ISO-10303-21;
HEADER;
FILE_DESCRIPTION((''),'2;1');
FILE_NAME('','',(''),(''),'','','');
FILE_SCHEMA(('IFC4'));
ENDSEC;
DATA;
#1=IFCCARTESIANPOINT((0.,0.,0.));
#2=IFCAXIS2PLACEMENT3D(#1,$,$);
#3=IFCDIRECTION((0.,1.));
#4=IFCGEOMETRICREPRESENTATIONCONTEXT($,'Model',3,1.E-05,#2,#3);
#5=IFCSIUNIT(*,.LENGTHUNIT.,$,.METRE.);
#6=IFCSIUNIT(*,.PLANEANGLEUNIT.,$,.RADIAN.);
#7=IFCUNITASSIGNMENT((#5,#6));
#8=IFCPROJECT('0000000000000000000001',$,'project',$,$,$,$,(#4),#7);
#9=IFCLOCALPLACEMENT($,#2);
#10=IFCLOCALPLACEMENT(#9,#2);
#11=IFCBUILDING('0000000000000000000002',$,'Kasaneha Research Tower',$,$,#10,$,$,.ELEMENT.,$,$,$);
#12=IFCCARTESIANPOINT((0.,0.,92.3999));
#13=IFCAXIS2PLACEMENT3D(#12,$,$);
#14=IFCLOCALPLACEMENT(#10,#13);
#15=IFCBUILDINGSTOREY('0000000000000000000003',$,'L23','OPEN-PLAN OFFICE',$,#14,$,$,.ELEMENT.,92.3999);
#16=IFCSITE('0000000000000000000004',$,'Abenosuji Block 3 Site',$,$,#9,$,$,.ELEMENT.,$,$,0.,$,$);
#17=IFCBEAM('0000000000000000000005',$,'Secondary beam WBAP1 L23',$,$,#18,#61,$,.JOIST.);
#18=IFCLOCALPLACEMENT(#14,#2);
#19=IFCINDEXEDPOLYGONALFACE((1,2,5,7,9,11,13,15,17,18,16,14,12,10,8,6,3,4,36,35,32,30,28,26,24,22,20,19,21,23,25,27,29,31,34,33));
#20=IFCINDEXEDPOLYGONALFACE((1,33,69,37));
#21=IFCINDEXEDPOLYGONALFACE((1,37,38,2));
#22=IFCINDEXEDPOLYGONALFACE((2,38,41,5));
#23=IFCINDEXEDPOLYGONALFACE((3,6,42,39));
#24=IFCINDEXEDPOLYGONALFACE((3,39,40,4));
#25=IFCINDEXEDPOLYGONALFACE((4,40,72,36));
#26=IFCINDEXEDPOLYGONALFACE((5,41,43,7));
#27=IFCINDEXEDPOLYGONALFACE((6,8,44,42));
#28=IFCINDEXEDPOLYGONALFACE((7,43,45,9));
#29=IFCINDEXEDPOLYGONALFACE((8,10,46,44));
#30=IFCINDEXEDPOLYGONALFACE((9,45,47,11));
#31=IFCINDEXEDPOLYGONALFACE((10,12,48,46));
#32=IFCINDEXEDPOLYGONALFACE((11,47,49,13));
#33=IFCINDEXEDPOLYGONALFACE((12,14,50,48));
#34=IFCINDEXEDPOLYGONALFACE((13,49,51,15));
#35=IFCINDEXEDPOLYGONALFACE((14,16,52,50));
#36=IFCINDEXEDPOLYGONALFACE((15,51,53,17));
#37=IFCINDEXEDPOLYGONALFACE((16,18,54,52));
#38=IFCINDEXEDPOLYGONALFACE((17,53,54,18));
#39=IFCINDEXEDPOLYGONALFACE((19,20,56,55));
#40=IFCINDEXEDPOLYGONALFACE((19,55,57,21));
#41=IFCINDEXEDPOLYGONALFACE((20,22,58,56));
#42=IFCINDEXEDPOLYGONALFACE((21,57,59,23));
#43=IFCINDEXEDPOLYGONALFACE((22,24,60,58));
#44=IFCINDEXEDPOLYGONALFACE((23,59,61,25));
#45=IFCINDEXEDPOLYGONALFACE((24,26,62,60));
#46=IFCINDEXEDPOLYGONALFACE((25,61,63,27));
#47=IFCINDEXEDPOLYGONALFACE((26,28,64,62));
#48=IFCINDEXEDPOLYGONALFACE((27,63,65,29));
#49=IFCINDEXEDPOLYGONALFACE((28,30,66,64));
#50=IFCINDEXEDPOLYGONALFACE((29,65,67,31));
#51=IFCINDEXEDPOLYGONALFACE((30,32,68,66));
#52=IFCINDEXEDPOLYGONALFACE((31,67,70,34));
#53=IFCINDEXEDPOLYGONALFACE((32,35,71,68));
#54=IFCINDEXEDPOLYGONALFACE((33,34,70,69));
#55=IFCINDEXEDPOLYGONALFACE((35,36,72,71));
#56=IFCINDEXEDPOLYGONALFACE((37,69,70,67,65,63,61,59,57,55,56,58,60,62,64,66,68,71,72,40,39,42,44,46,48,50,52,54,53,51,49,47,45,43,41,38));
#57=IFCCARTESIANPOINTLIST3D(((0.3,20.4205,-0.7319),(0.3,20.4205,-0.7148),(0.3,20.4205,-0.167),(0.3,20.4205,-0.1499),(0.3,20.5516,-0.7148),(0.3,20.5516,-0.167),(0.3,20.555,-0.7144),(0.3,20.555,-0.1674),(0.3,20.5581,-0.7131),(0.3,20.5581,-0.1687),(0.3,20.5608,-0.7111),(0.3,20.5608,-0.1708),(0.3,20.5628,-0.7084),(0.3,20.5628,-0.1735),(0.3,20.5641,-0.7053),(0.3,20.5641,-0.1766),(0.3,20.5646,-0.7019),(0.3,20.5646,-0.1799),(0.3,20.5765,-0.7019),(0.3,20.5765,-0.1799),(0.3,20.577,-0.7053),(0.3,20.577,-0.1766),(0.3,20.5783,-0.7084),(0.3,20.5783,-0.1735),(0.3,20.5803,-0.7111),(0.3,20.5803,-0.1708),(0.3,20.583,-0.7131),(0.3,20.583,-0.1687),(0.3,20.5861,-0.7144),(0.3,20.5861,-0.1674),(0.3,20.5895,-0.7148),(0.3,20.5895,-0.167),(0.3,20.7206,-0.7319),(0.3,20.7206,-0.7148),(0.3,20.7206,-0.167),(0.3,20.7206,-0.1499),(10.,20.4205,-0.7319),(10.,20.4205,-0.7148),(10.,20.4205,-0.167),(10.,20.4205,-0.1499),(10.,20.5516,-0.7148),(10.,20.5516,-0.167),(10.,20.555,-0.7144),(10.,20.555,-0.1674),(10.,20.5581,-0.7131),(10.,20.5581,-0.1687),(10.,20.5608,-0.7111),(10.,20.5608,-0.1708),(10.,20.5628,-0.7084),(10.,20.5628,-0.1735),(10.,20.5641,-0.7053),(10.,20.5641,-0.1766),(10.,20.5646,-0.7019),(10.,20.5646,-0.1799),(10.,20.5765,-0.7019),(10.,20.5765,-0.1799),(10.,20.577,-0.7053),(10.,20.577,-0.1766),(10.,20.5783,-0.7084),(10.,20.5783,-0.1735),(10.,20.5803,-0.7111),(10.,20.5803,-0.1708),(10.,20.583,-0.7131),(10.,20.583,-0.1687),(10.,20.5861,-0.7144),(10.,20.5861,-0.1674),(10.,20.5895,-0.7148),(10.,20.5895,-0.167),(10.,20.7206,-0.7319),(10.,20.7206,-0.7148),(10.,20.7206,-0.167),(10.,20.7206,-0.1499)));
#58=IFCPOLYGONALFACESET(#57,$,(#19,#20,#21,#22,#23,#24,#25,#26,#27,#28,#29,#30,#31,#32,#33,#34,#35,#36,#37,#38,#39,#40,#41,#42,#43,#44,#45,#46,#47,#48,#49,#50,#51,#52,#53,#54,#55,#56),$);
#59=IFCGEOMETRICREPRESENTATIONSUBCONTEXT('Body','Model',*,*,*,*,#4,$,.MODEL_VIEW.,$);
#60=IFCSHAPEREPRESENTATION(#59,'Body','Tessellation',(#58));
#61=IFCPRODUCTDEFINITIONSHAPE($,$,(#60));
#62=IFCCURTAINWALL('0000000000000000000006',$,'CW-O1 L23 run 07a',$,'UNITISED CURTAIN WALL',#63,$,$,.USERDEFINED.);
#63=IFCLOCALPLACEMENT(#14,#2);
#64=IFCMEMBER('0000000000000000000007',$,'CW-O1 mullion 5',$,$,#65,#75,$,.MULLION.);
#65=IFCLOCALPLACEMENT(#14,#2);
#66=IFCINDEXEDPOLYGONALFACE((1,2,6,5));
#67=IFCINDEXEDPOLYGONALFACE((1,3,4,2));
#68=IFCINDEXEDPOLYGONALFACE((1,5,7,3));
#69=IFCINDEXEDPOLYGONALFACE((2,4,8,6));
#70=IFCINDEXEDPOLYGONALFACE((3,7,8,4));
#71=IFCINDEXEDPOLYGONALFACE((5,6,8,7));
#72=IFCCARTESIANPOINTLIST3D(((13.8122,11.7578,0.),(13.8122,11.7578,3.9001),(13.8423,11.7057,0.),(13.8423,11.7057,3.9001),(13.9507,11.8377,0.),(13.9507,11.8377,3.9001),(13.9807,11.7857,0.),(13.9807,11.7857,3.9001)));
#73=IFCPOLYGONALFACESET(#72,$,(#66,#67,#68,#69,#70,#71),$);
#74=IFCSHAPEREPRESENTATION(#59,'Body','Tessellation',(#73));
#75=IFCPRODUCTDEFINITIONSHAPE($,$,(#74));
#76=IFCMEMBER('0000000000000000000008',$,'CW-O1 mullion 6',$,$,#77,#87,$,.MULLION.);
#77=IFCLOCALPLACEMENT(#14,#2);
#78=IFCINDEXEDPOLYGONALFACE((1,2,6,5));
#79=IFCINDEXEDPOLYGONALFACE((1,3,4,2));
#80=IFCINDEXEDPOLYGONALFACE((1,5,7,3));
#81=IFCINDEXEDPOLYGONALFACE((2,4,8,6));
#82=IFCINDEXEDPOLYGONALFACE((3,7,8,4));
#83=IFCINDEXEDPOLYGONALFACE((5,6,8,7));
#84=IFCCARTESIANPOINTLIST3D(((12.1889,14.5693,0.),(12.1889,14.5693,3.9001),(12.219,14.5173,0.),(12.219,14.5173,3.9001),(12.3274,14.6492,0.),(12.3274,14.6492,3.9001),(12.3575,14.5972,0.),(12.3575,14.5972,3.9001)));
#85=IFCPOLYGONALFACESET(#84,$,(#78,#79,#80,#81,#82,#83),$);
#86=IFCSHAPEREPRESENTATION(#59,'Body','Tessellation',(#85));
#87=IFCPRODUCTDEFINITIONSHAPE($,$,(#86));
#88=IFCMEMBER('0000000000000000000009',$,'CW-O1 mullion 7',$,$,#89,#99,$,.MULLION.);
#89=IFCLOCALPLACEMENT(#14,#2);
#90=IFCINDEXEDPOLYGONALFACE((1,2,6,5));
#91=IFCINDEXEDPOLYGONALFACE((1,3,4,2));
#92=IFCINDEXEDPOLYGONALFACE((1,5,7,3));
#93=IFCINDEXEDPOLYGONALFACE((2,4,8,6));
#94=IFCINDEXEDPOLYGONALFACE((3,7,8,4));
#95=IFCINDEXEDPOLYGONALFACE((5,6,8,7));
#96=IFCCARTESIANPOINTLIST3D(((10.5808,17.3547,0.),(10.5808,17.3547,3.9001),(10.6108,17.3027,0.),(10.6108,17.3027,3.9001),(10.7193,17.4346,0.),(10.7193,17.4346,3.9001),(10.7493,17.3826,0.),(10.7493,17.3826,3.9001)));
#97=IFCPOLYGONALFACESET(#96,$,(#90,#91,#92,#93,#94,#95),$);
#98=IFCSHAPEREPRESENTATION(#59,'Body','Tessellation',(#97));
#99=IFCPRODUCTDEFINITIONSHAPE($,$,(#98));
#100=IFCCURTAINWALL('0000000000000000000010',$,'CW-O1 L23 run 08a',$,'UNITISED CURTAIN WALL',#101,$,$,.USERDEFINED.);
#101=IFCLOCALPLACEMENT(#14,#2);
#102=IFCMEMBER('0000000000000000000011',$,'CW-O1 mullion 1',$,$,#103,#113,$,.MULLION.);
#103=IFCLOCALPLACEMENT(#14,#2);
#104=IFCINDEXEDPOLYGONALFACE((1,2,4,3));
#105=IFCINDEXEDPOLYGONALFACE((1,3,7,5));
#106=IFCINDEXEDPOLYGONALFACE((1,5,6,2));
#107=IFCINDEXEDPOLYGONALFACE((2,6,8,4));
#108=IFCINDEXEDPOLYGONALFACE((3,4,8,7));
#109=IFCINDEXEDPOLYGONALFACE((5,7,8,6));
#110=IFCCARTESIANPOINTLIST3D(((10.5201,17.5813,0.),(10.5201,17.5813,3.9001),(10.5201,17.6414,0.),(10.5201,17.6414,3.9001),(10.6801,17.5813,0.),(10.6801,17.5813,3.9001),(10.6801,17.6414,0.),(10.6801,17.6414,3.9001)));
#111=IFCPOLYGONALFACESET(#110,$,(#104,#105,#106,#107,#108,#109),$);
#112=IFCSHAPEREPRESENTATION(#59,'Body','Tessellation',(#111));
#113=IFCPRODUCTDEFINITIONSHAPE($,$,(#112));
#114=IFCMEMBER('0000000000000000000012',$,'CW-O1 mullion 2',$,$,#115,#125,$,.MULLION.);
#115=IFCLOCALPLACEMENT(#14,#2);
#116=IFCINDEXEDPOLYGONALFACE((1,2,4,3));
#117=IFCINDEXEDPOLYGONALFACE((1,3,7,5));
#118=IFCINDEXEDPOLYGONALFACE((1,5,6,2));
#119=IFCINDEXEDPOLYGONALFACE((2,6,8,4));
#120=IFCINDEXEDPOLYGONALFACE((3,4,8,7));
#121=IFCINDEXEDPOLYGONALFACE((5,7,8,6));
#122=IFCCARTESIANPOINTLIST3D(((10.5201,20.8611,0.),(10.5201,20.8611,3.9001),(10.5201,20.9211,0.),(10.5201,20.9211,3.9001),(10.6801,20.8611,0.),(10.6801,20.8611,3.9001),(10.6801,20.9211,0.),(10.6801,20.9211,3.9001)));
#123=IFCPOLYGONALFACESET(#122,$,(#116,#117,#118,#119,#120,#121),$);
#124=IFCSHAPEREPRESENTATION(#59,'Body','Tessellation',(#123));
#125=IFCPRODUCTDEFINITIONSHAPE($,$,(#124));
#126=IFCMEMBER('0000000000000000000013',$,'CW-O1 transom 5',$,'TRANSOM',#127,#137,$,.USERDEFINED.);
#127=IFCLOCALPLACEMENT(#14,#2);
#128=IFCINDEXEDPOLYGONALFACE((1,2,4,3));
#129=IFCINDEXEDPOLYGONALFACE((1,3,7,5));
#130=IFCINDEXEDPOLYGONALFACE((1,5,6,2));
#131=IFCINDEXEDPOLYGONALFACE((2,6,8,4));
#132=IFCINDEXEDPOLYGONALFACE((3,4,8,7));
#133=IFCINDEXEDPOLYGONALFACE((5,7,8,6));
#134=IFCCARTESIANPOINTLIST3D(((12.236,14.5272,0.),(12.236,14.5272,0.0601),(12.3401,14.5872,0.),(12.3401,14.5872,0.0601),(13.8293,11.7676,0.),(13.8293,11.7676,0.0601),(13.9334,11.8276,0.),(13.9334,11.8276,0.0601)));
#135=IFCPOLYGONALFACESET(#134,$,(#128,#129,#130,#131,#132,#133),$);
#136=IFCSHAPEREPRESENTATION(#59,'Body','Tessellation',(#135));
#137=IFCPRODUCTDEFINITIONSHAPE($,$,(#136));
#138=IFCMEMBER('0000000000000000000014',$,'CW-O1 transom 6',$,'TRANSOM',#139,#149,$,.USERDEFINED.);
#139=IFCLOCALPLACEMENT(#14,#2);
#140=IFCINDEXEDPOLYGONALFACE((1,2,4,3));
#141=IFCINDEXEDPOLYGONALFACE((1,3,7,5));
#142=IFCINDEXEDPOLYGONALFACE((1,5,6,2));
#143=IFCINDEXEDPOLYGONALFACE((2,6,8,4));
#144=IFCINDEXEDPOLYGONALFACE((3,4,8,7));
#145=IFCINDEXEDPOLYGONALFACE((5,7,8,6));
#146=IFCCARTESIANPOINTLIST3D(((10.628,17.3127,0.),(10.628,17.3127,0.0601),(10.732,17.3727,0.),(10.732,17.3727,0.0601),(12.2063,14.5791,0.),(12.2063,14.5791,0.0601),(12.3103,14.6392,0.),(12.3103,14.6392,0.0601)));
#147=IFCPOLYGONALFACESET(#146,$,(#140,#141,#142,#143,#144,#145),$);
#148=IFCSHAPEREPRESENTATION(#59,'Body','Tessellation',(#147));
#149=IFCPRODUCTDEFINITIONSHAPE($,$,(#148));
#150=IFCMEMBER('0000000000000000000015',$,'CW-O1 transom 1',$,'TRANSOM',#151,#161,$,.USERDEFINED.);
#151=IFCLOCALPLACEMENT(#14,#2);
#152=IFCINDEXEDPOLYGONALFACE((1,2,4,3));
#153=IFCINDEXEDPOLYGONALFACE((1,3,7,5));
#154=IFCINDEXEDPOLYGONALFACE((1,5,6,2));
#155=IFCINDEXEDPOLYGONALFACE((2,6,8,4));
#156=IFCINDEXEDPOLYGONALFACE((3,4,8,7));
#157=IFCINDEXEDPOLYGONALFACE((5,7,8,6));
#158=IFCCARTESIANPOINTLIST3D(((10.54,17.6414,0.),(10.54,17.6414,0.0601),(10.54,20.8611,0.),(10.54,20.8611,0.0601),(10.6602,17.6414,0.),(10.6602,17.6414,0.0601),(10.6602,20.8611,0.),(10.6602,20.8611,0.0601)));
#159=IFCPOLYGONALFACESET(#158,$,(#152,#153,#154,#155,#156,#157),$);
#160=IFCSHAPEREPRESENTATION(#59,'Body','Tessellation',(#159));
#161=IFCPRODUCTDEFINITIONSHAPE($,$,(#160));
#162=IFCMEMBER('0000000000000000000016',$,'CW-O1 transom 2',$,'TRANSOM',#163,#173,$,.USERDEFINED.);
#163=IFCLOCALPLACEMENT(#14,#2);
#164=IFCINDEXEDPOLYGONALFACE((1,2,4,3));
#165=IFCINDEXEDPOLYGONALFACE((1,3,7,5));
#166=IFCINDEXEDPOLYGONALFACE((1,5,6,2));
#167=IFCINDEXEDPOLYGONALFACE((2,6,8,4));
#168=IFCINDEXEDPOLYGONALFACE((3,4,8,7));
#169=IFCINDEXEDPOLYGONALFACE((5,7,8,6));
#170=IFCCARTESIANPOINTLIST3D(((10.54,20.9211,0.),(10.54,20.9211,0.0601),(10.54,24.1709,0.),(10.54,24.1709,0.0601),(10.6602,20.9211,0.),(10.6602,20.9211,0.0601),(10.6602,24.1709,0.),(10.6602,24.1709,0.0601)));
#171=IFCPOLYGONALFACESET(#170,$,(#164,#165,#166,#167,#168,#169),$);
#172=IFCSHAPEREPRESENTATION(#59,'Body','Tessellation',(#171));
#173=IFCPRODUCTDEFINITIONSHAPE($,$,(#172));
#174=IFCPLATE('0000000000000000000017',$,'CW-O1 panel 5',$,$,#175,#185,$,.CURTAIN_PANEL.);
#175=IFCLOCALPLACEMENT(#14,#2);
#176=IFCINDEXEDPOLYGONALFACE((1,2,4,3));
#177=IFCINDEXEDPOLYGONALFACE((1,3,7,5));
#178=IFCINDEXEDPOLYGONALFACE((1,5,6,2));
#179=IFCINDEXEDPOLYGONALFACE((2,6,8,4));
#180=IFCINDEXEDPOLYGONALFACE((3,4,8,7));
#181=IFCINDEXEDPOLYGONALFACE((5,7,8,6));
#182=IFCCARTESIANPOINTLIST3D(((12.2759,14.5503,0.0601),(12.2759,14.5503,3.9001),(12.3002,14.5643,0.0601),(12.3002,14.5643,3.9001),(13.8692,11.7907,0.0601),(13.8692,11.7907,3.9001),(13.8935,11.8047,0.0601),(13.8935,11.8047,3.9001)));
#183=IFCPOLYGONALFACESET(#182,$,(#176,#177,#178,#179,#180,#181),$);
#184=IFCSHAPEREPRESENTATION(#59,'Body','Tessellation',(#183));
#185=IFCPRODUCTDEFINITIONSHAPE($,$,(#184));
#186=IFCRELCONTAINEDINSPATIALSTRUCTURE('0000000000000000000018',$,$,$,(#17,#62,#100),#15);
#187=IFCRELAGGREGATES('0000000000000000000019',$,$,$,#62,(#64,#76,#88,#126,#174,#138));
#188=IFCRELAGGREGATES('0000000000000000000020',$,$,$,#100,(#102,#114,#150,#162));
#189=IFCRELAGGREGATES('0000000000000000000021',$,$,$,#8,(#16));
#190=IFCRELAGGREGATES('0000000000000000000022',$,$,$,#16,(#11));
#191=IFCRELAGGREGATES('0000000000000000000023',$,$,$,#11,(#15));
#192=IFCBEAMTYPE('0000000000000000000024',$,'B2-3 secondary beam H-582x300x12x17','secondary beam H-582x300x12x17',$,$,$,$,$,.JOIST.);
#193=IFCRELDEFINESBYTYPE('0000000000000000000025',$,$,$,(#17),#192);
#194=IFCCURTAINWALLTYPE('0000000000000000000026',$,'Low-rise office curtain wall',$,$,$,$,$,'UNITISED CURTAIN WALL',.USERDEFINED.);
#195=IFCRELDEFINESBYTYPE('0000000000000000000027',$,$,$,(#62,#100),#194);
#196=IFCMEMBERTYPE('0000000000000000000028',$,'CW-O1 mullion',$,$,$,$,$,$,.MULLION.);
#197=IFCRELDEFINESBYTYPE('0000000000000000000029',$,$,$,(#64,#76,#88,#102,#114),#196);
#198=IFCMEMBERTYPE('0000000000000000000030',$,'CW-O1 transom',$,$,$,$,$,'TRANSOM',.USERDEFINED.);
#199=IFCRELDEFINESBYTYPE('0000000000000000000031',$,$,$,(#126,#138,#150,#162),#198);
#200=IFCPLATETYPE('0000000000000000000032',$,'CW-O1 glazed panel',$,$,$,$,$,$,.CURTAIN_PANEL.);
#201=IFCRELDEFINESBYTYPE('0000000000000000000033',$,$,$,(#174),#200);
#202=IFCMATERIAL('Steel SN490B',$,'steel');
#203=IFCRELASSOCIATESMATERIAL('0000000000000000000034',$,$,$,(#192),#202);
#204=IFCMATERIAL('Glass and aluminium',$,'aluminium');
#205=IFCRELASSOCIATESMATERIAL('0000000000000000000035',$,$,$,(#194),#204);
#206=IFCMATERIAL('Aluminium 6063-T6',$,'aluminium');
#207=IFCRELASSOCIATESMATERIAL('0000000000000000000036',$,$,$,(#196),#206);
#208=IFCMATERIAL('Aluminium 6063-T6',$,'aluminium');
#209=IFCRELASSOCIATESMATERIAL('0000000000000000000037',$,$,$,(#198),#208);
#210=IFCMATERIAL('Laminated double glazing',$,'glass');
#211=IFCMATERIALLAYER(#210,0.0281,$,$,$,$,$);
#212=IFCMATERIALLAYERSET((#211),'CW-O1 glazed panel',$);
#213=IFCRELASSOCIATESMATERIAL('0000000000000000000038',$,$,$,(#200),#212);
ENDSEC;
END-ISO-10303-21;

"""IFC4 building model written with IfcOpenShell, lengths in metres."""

from ifc_helpers import new_model, si_unit, direction, frame, origin, origin_2d, place, context, subcontext, project, spatial, rectangle, i_section, extrude, material, layer, layer_set, material_profile, profile_set, type_object, element, aggregate, save


model = new_model("IFC4")

# Units and contexts
model_context = context("Model", 3, precision=1e-05, world=origin(), true_north=direction((0.0, 1.0)))
body_context = subcontext(model_context, "Body", "Model", "MODEL_VIEW")
ifc_project = project(units=[si_unit("LENGTHUNIT", "METRE"), si_unit("PLANEANGLEUNIT", "RADIAN")], contexts=[model_context])

# Site, building, storey
site_placement = place(None, origin())
site = spatial("IfcSite", under=ifc_project, at=site_placement, Name="Abenosuji Block 3 Site", CompositionType="ELEMENT", RefElevation=0.0)
building_placement = place(site_placement, origin())
building = spatial("IfcBuilding", under=site, at=building_placement, Name="Kasaneha Research Tower", CompositionType="ELEMENT")
storey_placement = place(building_placement, frame((0.0, 0.0, 92.3999)))
storey = spatial("IfcBuildingStorey", under=building, at=storey_placement, Name="L23", Description="OPEN-PLAN OFFICE", CompositionType="ELEMENT", Elevation=92.3999)

# Beam
ifc_material_1 = material(Name="Steel SN490B", Category="steel")
ifc_material_profile_1 = material_profile(ifc_material_1, i_section(OverallWidth=0.3, OverallDepth=0.582, WebThickness=0.012, FlangeThickness=0.0171, FilletRadius=0.0129, at=origin_2d()), Name="H-582x300x12x17")
ifc_profile_set_1 = profile_set([ifc_material_profile_1], Name="Steel SN490B")
beam_type = type_object("IfcBeamType", Name="B2-3 secondary beam H-582x300x12x17", Description="secondary beam H-582x300x12x17", PredefinedType="JOIST", material=ifc_profile_set_1)
beam_placement = place(storey_placement, frame((10.0, 20.5706, -0.4409), z_axis=(-1.0, 0.0, 0.0), x_axis=(0.0, -1.0, 0.0)))
element("IfcBeam", 1, at=beam_placement, inside=storey, type_object=beam_type, Name="Secondary beam WBAP1 L23", PredefinedType="JOIST", context=body_context, shape_type="SweptSolid", body=[
    extrude(i_section(OverallWidth=0.3, OverallDepth=0.582, WebThickness=0.012, FlangeThickness=0.0171, FilletRadius=0.0129, at=origin_2d()), origin(), (0.0, 0.0, 1.0), 9.7),
])

# Curtain walls, members
ifc_material_2 = material(Name="Glass and aluminium", Category="aluminium")
curtain_wall_type = type_object("IfcCurtainWallType", Name="Low-rise office curtain wall", ElementType="UNITISED CURTAIN WALL", PredefinedType="USERDEFINED", material=ifc_material_2)
curtain_wall_1_placement = place(storey_placement, origin())
curtain_wall_1 = element("IfcCurtainWall", 2, at=curtain_wall_1_placement, inside=storey, type_object=curtain_wall_type, Name="CW-O1 L23 run 07a", ObjectType="UNITISED CURTAIN WALL", PredefinedType="USERDEFINED")
ifc_material_3 = material(Name="Aluminium 6063-T6", Category="aluminium")
ifc_material_profile_2 = material_profile(ifc_material_3, rectangle(XDim=0.0601, YDim=0.1599, at=origin_2d()), Name="CW-O1 mullion 60x160")
ifc_profile_set_2 = profile_set([ifc_material_profile_2], Name="Aluminium 6063-T6")
member_type_1 = type_object("IfcMemberType", Name="CW-O1 mullion", PredefinedType="MULLION", material=ifc_profile_set_2)
member_1_placement = place(storey_placement, frame((13.8965, 11.7717, 0.0), z_axis=(0.0, 0.0, 1.0), x_axis=(-0.5, 0.866025, 0.0)))
member_1 = element("IfcMember", 3, at=member_1_placement, type_object=member_type_1, Name="CW-O1 mullion 5", PredefinedType="MULLION", context=body_context, shape_type="SweptSolid", body=[
    extrude(rectangle(XDim=0.0601, YDim=0.1599, at=origin_2d()), origin(), (0.0, 0.0, 1.0), 3.9001),
])
member_2_placement = place(storey_placement, frame((12.2732, 14.5833, 0.0), z_axis=(0.0, 0.0, 1.0), x_axis=(-0.5, 0.866025, 0.0)))
member_2 = element("IfcMember", 4, at=member_2_placement, type_object=member_type_1, Name="CW-O1 mullion 6", PredefinedType="MULLION", context=body_context, shape_type="SweptSolid", body=[
    extrude(rectangle(XDim=0.0601, YDim=0.1599, at=origin_2d()), origin(), (0.0, 0.0, 1.0), 3.9001),
])
member_3_placement = place(storey_placement, frame((10.665, 17.3687, 0.0), z_axis=(0.0, 0.0, 1.0), x_axis=(-0.5, 0.866025, 0.0)))
member_3 = element("IfcMember", 5, at=member_3_placement, type_object=member_type_1, Name="CW-O1 mullion 7", PredefinedType="MULLION", context=body_context, shape_type="SweptSolid", body=[
    extrude(rectangle(XDim=0.0601, YDim=0.1599, at=origin_2d()), origin(), (0.0, 0.0, 1.0), 3.9001),
])
curtain_wall_2_placement = place(storey_placement, origin())
curtain_wall_2 = element("IfcCurtainWall", 6, at=curtain_wall_2_placement, inside=storey, type_object=curtain_wall_type, Name="CW-O1 L23 run 08a", ObjectType="UNITISED CURTAIN WALL", PredefinedType="USERDEFINED")
member_4_placement = place(storey_placement, frame((10.6001, 17.6113, 0.0), z_axis=(0.0, 0.0, 1.0), x_axis=(0.0, 1.0, 0.0)))
member_4 = element("IfcMember", 7, at=member_4_placement, type_object=member_type_1, Name="CW-O1 mullion 1", PredefinedType="MULLION", context=body_context, shape_type="SweptSolid", body=[
    extrude(rectangle(XDim=0.0601, YDim=0.1599, at=origin_2d()), origin(), (0.0, 0.0, 1.0), 3.9001),
])
member_5_placement = place(storey_placement, frame((10.6001, 20.8911, 0.0), z_axis=(0.0, 0.0, 1.0), x_axis=(0.0, 1.0, 0.0)))
member_5 = element("IfcMember", 8, at=member_5_placement, type_object=member_type_1, Name="CW-O1 mullion 2", PredefinedType="MULLION", context=body_context, shape_type="SweptSolid", body=[
    extrude(rectangle(XDim=0.0601, YDim=0.1599, at=origin_2d()), origin(), (0.0, 0.0, 1.0), 3.9001),
])

# Members
ifc_material_4 = material(Name="Aluminium 6063-T6", Category="aluminium")
ifc_material_profile_3 = material_profile(ifc_material_4, rectangle(XDim=0.1201, YDim=0.0601, at=origin_2d()), Name="CW-O1 transom 120x60")
ifc_profile_set_3 = profile_set([ifc_material_profile_3], Name="Aluminium 6063-T6")
member_type_2 = type_object("IfcMemberType", Name="CW-O1 transom", ElementType="TRANSOM", PredefinedType="USERDEFINED", material=ifc_profile_set_3)
member_6_placement = place(storey_placement, frame((13.8813, 11.7976, 0.03), z_axis=(-0.500012, 0.866018, 0.0), x_axis=(-0.866018, -0.500012, 0.0)))
member_6 = element("IfcMember", 9, at=member_6_placement, type_object=member_type_2, Name="CW-O1 transom 5", ObjectType="TRANSOM", PredefinedType="USERDEFINED", context=body_context, shape_type="SweptSolid", body=[
    extrude(rectangle(XDim=0.1201, YDim=0.0601, at=origin_2d()), origin(), (0.0, 0.0, 1.0), 3.1865),
])
member_7_placement = place(storey_placement, frame((12.2583, 14.6091, 0.03), z_axis=(-0.500024, 0.866012, 0.0), x_axis=(-0.866012, -0.500024, 0.0)))
member_7 = element("IfcMember", 10, at=member_7_placement, type_object=member_type_2, Name="CW-O1 transom 6", ObjectType="TRANSOM", PredefinedType="USERDEFINED", context=body_context, shape_type="SweptSolid", body=[
    extrude(rectangle(XDim=0.1201, YDim=0.0601, at=origin_2d()), origin(), (0.0, 0.0, 1.0), 3.1565),
])
member_8_placement = place(storey_placement, frame((10.6001, 17.6414, 0.03), z_axis=(0.0, 1.0, 0.0), x_axis=(-1.0, 0.0, 0.0)))
member_8 = element("IfcMember", 11, at=member_8_placement, type_object=member_type_2, Name="CW-O1 transom 1", ObjectType="TRANSOM", PredefinedType="USERDEFINED", context=body_context, shape_type="SweptSolid", body=[
    extrude(rectangle(XDim=0.1201, YDim=0.0601, at=origin_2d()), origin(), (0.0, 0.0, 1.0), 3.2197),
])
member_9_placement = place(storey_placement, frame((10.6001, 20.9211, 0.03), z_axis=(0.0, 1.0, 0.0), x_axis=(-1.0, 0.0, 0.0)))
member_9 = element("IfcMember", 12, at=member_9_placement, type_object=member_type_2, Name="CW-O1 transom 2", ObjectType="TRANSOM", PredefinedType="USERDEFINED", context=body_context, shape_type="SweptSolid", body=[
    extrude(rectangle(XDim=0.1201, YDim=0.0601, at=origin_2d()), origin(), (0.0, 0.0, 1.0), 3.2498),
])

# Plate
ifc_material_5 = material(Name="Laminated double glazing", Category="glass")
ifc_layer_1 = layer(ifc_material_5, 0.0281)
ifc_layer_set_1 = layer_set([ifc_layer_1], Name="CW-O1 glazed panel")
plate_type = type_object("IfcPlateType", Name="CW-O1 glazed panel", PredefinedType="CURTAIN_PANEL", material=ifc_layer_set_1)
plate_1_placement = place(storey_placement, frame((13.0847, 13.1775, 0.0601), z_axis=(0.0, 0.0, 1.0), x_axis=(-0.5, 0.866025, 0.0)))
plate_1 = element("IfcPlate", 13, at=plate_1_placement, type_object=plate_type, Name="CW-O1 panel 5", PredefinedType="CURTAIN_PANEL", context=body_context, shape_type="SweptSolid", body=[
    extrude(rectangle(XDim=3.1865, YDim=0.0281, at=origin_2d()), origin(), (0.0, 0.0, 1.0), 3.8401),
])
aggregate(curtain_wall_1, [member_1, member_2, member_3, member_6, plate_1, member_7])
aggregate(curtain_wall_2, [member_4, member_5, member_8, member_9])

save(model, "model.ifc")
